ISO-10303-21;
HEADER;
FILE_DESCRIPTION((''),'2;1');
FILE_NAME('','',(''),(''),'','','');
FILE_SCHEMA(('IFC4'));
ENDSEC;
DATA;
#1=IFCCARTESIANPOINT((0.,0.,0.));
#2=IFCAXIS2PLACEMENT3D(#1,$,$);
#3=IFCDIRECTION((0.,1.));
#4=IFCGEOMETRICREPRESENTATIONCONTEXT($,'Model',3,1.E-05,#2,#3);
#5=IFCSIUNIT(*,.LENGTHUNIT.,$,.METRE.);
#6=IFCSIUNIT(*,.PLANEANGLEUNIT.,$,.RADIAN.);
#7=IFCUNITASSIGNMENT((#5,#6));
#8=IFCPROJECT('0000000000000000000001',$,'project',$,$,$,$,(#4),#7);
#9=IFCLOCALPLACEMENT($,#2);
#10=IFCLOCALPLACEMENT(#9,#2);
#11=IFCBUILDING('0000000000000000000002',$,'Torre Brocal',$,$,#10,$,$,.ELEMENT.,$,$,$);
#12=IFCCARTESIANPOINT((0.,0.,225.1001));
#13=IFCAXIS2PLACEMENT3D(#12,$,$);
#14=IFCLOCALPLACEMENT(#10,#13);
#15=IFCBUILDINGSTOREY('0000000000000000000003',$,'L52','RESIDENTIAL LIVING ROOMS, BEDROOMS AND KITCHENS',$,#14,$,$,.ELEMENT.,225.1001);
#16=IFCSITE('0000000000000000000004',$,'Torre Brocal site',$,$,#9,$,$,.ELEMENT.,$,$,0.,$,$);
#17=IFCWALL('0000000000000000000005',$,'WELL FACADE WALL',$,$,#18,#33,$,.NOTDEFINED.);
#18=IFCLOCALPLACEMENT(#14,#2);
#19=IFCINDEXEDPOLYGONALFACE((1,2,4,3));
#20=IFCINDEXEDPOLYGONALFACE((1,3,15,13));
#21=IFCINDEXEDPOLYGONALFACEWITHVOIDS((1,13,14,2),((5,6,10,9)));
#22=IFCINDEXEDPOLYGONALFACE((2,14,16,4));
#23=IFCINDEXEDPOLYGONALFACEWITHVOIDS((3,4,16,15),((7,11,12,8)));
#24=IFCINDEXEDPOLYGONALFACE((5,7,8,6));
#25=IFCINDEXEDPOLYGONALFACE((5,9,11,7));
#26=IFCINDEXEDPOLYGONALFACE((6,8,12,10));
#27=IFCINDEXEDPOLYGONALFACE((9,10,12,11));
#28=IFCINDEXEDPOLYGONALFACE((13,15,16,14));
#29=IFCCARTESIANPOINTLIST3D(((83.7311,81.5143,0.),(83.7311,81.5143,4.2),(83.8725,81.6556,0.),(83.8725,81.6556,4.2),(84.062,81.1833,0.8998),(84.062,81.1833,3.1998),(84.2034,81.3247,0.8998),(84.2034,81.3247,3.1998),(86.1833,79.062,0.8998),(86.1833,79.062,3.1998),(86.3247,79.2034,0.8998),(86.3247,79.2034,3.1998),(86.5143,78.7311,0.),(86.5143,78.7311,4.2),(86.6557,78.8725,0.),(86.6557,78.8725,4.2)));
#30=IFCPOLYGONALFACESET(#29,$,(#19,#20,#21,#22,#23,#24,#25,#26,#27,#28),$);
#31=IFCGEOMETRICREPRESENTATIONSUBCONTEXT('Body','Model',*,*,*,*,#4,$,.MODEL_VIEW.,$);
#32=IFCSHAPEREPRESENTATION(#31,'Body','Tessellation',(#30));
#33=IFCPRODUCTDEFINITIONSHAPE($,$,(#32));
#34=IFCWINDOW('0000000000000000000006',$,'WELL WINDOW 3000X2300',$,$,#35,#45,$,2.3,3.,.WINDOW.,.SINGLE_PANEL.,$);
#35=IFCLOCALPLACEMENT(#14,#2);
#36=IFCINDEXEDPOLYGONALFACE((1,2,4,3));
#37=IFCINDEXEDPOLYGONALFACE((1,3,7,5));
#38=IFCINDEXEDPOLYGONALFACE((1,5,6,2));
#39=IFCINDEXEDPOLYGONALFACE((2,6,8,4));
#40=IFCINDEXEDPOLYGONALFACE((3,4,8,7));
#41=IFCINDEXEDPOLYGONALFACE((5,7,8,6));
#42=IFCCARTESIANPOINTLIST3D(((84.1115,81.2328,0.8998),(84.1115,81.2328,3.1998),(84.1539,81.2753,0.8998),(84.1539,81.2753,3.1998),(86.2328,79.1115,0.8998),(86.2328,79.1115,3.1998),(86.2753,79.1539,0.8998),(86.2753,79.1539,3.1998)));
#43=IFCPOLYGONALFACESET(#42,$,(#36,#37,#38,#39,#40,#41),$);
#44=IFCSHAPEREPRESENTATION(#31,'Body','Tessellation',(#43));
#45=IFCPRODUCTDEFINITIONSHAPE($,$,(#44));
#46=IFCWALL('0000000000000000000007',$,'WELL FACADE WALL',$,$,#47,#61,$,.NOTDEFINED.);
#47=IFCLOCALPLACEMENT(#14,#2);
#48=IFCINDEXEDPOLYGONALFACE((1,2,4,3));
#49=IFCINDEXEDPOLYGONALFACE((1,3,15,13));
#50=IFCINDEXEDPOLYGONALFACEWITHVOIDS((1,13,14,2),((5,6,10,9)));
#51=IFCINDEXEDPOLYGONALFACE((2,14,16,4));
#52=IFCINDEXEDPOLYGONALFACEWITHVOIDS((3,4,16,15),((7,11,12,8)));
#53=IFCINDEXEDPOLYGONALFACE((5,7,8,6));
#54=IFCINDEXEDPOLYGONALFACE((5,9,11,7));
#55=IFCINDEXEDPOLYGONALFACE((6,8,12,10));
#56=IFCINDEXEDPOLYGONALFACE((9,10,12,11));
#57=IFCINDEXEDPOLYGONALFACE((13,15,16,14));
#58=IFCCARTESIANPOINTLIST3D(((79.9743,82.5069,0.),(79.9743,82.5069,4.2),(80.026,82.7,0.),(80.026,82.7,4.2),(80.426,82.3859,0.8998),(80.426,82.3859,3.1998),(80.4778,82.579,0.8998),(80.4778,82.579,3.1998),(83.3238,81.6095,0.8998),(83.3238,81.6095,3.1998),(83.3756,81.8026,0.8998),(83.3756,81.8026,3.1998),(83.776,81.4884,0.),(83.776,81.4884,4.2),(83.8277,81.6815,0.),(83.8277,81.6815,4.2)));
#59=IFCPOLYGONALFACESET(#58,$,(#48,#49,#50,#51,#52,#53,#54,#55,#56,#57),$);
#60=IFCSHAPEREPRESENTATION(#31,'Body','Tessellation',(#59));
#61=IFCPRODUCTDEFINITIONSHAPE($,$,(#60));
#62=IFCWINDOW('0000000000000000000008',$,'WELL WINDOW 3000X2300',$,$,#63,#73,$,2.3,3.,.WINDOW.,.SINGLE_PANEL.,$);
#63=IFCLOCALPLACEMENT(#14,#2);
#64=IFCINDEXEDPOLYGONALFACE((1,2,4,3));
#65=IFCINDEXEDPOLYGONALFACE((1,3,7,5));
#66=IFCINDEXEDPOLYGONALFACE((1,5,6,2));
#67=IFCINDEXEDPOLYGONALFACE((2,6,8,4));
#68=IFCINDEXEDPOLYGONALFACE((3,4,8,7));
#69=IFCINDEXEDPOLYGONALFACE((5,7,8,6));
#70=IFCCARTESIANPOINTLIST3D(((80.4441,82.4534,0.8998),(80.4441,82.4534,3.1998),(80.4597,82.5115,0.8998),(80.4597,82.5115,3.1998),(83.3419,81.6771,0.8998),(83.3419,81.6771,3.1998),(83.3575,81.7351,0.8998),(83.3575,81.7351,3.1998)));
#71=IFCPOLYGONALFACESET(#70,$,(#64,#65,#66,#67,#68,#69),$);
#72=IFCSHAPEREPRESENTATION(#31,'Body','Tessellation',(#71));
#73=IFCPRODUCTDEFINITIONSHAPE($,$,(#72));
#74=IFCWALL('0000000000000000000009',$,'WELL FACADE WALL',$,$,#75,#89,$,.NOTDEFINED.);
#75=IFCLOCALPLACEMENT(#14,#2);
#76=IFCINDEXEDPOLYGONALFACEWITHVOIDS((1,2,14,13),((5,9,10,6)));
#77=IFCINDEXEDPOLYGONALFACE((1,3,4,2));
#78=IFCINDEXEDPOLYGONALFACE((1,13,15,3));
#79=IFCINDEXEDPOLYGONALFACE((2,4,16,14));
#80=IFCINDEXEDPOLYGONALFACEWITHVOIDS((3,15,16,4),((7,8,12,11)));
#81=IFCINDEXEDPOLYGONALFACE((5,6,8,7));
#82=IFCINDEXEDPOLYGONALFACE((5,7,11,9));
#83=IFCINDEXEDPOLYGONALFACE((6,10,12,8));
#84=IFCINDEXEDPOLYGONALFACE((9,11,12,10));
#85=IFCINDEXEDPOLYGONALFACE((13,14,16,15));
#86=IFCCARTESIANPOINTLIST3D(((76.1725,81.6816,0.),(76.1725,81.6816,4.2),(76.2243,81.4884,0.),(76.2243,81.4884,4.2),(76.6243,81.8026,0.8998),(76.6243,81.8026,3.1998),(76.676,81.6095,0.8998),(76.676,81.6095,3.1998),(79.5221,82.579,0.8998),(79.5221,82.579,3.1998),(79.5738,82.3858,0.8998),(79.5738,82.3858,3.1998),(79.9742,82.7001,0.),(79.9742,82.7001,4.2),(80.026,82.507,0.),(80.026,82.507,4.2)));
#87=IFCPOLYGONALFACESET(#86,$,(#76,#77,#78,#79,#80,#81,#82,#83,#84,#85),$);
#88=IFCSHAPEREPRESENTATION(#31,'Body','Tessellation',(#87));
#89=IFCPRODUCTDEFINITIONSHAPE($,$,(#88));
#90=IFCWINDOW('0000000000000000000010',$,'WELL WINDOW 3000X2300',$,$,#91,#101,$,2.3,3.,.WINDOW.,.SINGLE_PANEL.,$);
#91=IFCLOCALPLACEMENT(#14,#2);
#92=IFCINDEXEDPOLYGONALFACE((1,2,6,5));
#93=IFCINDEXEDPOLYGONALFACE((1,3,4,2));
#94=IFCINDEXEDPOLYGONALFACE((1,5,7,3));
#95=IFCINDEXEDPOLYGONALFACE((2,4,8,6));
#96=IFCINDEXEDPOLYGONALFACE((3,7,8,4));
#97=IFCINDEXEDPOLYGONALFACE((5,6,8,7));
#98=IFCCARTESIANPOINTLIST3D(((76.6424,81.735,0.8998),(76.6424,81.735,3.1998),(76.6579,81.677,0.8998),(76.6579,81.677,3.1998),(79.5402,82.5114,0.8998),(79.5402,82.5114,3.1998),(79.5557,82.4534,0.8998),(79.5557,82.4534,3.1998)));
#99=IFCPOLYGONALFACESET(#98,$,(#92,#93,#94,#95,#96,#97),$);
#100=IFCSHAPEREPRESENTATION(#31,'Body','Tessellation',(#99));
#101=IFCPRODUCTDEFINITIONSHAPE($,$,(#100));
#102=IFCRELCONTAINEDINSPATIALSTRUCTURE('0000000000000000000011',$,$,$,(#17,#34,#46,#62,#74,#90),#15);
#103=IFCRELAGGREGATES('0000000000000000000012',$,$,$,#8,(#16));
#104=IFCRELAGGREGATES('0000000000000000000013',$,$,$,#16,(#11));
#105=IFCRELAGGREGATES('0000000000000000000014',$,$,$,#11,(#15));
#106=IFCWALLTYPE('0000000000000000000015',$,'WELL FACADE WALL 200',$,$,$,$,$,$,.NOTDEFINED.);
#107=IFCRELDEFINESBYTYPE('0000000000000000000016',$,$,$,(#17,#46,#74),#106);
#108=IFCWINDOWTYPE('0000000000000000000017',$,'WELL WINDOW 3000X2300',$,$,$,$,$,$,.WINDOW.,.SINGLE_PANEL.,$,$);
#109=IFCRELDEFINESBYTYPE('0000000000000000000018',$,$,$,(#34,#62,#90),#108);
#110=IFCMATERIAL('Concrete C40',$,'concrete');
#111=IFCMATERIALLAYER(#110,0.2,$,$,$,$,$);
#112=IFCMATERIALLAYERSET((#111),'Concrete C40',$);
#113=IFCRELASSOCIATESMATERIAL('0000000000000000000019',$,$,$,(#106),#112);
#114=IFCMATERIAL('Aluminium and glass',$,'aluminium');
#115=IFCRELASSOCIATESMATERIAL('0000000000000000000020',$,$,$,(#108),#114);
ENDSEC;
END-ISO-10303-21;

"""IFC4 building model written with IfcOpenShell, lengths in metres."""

from ifc_helpers import new_model, si_unit, direction, frame, frame_2d, origin, place, context, subcontext, project, spatial, rectangle, extrude, material, layer, layer_set, type_object, element, fill, save


model = new_model("IFC4")

# Units and contexts
model_context = context("Model", 3, precision=1e-05, world=origin(), true_north=direction((0.0, 1.0)))
body_context = subcontext(model_context, "Body", "Model", "MODEL_VIEW")
ifc_project = project(units=[si_unit("LENGTHUNIT", "METRE"), si_unit("PLANEANGLEUNIT", "RADIAN")], contexts=[model_context])

# Site, building, storey
site_placement = place(None, origin())
site = spatial("IfcSite", under=ifc_project, at=site_placement, Name="Torre Brocal site", CompositionType="ELEMENT", RefElevation=0.0)
building_placement = place(site_placement, origin())
building = spatial("IfcBuilding", under=site, at=building_placement, Name="Torre Brocal", CompositionType="ELEMENT")
storey_placement = place(building_placement, frame((0.0, 0.0, 225.1001)))
storey = spatial("IfcBuildingStorey", under=building, at=storey_placement, Name="L52", Description="RESIDENTIAL LIVING ROOMS, BEDROOMS AND KITCHENS", CompositionType="ELEMENT", Elevation=225.1001)

# Walls, openings, windows
ifc_material_1 = material(Name="Concrete C40", Category="concrete")
ifc_layer_1 = layer(ifc_material_1, 0.2)
ifc_layer_set_1 = layer_set([ifc_layer_1], Name="Concrete C40")
wall_type_1 = type_object("IfcWallType", Name="WELL FACADE WALL 200", PredefinedType="NOTDEFINED", material=ifc_layer_set_1)
wall_1_placement = place(storey_placement, frame((86.585, 78.8018, 0.0), z_axis=(0.0, 0.0, 1.0), x_axis=(-0.707107, 0.707107, 0.0)))
wall_1 = element("IfcWall", 1, at=wall_1_placement, inside=storey, type_object=wall_type_1, Name="WELL FACADE WALL", PredefinedType="NOTDEFINED", context=body_context, shape_type="SweptSolid", body=[
    extrude(rectangle(XDim=3.936, YDim=0.2, at=frame_2d((1.968, 0.0))), origin(), (0.0, 0.0, 1.0), 4.2),
])
opening_1_placement = place(wall_1_placement, frame((0.468, 0.0, 0.8999)))
opening_1 = element("IfcOpeningElement", 2, at=opening_1_placement, cuts=wall_1, PredefinedType="OPENING", context=body_context, shape_type="SweptSolid", body=[
    extrude(rectangle(XDim=3.0, YDim=2.3, at=frame_2d((1.5, 1.1499))), frame((0.0, 0.1099, 0.0), z_axis=(0.0, -1.0, 0.0), x_axis=(1.0, 0.0, 0.0)), (0.0, 0.0, 1.0), 0.22),
])
ifc_material_2 = material(Name="Aluminium and glass", Category="aluminium")
window_type = type_object("IfcWindowType", Name="WELL WINDOW 3000X2300", PartitioningType="SINGLE_PANEL", PredefinedType="WINDOW", material=ifc_material_2)
window_1_placement = place(opening_1_placement, origin())
window_1 = element("IfcWindow", 3, at=window_1_placement, inside=storey, type_object=window_type, Name="WELL WINDOW 3000X2300", OverallHeight=2.3, OverallWidth=3.0, PartitioningType="SINGLE_PANEL", PredefinedType="WINDOW", context=body_context, shape_type="SweptSolid", body=[
    extrude(rectangle(XDim=3.0, YDim=2.3, at=frame_2d((1.5, 1.1499))), frame((0.0, 0.03, 0.0), z_axis=(0.0, -1.0, 0.0), x_axis=(1.0, 0.0, 0.0)), (0.0, 0.0, 1.0), 0.0601),
])
fill(opening_1, window_1)
wall_2_placement = place(storey_placement, frame((83.8018, 81.585, 0.0), z_axis=(0.0, 0.0, 1.0), x_axis=(-0.965934, 0.25879, 0.0)))
wall_2 = element("IfcWall", 4, at=wall_2_placement, inside=storey, type_object=wall_type_1, Name="WELL FACADE WALL", PredefinedType="NOTDEFINED", context=body_context, shape_type="SweptSolid", body=[
    extrude(rectangle(XDim=3.9358, YDim=0.2, at=frame_2d((1.9678, 0.0))), origin(), (0.0, 0.0, 1.0), 4.2),
])
opening_2_placement = place(wall_2_placement, frame((0.468, 0.0, 0.8999)))
opening_2 = element("IfcOpeningElement", 5, at=opening_2_placement, cuts=wall_2, PredefinedType="OPENING", context=body_context, shape_type="SweptSolid", body=[
    extrude(rectangle(XDim=3.0, YDim=2.3, at=frame_2d((1.5, 1.1499))), frame((0.0, 0.1099, 0.0), z_axis=(0.0, -1.0, 0.0), x_axis=(1.0, 0.0, 0.0)), (0.0, 0.0, 1.0), 0.22),
])
window_2_placement = place(opening_2_placement, origin())
window_2 = element("IfcWindow", 6, at=window_2_placement, inside=storey, type_object=window_type, Name="WELL WINDOW 3000X2300", OverallHeight=2.3, OverallWidth=3.0, PartitioningType="SINGLE_PANEL", PredefinedType="WINDOW", context=body_context, shape_type="SweptSolid", body=[
    extrude(rectangle(XDim=3.0, YDim=2.3, at=frame_2d((1.5, 1.1499))), frame((0.0, 0.03, 0.0), z_axis=(0.0, -1.0, 0.0), x_axis=(1.0, 0.0, 0.0)), (0.0, 0.0, 1.0), 0.0601),
])
fill(opening_2, window_2)
wall_3_placement = place(storey_placement, frame((80.0, 82.6035, 0.0), z_axis=(0.0, 0.0, 1.0), x_axis=(-0.965934, -0.25879, 0.0)))
wall_3 = element("IfcWall", 7, at=wall_3_placement, inside=storey, type_object=wall_type_1, Name="WELL FACADE WALL", PredefinedType="NOTDEFINED", context=body_context, shape_type="SweptSolid", body=[
    extrude(rectangle(XDim=3.9358, YDim=0.2, at=frame_2d((1.9678, 0.0))), origin(), (0.0, 0.0, 1.0), 4.2),
])
opening_3_placement = place(wall_3_placement, frame((0.468, 0.0, 0.8999)))
opening_3 = element("IfcOpeningElement", 8, at=opening_3_placement, cuts=wall_3, PredefinedType="OPENING", context=body_context, shape_type="SweptSolid", body=[
    extrude(rectangle(XDim=3.0, YDim=2.3, at=frame_2d((1.5, 1.1499))), frame((0.0, 0.1099, 0.0), z_axis=(0.0, -1.0, 0.0), x_axis=(1.0, 0.0, 0.0)), (0.0, 0.0, 1.0), 0.22),
])
window_3_placement = place(opening_3_placement, origin())
window_3 = element("IfcWindow", 9, at=window_3_placement, inside=storey, type_object=window_type, Name="WELL WINDOW 3000X2300", OverallHeight=2.3, OverallWidth=3.0, PartitioningType="SINGLE_PANEL", PredefinedType="WINDOW", context=body_context, shape_type="SweptSolid", body=[
    extrude(rectangle(XDim=3.0, YDim=2.3, at=frame_2d((1.5, 1.1499))), frame((0.0, 0.03, 0.0), z_axis=(0.0, -1.0, 0.0), x_axis=(1.0, 0.0, 0.0)), (0.0, 0.0, 1.0), 0.0601),
])
fill(opening_3, window_3)

save(model, "model.ifc")
